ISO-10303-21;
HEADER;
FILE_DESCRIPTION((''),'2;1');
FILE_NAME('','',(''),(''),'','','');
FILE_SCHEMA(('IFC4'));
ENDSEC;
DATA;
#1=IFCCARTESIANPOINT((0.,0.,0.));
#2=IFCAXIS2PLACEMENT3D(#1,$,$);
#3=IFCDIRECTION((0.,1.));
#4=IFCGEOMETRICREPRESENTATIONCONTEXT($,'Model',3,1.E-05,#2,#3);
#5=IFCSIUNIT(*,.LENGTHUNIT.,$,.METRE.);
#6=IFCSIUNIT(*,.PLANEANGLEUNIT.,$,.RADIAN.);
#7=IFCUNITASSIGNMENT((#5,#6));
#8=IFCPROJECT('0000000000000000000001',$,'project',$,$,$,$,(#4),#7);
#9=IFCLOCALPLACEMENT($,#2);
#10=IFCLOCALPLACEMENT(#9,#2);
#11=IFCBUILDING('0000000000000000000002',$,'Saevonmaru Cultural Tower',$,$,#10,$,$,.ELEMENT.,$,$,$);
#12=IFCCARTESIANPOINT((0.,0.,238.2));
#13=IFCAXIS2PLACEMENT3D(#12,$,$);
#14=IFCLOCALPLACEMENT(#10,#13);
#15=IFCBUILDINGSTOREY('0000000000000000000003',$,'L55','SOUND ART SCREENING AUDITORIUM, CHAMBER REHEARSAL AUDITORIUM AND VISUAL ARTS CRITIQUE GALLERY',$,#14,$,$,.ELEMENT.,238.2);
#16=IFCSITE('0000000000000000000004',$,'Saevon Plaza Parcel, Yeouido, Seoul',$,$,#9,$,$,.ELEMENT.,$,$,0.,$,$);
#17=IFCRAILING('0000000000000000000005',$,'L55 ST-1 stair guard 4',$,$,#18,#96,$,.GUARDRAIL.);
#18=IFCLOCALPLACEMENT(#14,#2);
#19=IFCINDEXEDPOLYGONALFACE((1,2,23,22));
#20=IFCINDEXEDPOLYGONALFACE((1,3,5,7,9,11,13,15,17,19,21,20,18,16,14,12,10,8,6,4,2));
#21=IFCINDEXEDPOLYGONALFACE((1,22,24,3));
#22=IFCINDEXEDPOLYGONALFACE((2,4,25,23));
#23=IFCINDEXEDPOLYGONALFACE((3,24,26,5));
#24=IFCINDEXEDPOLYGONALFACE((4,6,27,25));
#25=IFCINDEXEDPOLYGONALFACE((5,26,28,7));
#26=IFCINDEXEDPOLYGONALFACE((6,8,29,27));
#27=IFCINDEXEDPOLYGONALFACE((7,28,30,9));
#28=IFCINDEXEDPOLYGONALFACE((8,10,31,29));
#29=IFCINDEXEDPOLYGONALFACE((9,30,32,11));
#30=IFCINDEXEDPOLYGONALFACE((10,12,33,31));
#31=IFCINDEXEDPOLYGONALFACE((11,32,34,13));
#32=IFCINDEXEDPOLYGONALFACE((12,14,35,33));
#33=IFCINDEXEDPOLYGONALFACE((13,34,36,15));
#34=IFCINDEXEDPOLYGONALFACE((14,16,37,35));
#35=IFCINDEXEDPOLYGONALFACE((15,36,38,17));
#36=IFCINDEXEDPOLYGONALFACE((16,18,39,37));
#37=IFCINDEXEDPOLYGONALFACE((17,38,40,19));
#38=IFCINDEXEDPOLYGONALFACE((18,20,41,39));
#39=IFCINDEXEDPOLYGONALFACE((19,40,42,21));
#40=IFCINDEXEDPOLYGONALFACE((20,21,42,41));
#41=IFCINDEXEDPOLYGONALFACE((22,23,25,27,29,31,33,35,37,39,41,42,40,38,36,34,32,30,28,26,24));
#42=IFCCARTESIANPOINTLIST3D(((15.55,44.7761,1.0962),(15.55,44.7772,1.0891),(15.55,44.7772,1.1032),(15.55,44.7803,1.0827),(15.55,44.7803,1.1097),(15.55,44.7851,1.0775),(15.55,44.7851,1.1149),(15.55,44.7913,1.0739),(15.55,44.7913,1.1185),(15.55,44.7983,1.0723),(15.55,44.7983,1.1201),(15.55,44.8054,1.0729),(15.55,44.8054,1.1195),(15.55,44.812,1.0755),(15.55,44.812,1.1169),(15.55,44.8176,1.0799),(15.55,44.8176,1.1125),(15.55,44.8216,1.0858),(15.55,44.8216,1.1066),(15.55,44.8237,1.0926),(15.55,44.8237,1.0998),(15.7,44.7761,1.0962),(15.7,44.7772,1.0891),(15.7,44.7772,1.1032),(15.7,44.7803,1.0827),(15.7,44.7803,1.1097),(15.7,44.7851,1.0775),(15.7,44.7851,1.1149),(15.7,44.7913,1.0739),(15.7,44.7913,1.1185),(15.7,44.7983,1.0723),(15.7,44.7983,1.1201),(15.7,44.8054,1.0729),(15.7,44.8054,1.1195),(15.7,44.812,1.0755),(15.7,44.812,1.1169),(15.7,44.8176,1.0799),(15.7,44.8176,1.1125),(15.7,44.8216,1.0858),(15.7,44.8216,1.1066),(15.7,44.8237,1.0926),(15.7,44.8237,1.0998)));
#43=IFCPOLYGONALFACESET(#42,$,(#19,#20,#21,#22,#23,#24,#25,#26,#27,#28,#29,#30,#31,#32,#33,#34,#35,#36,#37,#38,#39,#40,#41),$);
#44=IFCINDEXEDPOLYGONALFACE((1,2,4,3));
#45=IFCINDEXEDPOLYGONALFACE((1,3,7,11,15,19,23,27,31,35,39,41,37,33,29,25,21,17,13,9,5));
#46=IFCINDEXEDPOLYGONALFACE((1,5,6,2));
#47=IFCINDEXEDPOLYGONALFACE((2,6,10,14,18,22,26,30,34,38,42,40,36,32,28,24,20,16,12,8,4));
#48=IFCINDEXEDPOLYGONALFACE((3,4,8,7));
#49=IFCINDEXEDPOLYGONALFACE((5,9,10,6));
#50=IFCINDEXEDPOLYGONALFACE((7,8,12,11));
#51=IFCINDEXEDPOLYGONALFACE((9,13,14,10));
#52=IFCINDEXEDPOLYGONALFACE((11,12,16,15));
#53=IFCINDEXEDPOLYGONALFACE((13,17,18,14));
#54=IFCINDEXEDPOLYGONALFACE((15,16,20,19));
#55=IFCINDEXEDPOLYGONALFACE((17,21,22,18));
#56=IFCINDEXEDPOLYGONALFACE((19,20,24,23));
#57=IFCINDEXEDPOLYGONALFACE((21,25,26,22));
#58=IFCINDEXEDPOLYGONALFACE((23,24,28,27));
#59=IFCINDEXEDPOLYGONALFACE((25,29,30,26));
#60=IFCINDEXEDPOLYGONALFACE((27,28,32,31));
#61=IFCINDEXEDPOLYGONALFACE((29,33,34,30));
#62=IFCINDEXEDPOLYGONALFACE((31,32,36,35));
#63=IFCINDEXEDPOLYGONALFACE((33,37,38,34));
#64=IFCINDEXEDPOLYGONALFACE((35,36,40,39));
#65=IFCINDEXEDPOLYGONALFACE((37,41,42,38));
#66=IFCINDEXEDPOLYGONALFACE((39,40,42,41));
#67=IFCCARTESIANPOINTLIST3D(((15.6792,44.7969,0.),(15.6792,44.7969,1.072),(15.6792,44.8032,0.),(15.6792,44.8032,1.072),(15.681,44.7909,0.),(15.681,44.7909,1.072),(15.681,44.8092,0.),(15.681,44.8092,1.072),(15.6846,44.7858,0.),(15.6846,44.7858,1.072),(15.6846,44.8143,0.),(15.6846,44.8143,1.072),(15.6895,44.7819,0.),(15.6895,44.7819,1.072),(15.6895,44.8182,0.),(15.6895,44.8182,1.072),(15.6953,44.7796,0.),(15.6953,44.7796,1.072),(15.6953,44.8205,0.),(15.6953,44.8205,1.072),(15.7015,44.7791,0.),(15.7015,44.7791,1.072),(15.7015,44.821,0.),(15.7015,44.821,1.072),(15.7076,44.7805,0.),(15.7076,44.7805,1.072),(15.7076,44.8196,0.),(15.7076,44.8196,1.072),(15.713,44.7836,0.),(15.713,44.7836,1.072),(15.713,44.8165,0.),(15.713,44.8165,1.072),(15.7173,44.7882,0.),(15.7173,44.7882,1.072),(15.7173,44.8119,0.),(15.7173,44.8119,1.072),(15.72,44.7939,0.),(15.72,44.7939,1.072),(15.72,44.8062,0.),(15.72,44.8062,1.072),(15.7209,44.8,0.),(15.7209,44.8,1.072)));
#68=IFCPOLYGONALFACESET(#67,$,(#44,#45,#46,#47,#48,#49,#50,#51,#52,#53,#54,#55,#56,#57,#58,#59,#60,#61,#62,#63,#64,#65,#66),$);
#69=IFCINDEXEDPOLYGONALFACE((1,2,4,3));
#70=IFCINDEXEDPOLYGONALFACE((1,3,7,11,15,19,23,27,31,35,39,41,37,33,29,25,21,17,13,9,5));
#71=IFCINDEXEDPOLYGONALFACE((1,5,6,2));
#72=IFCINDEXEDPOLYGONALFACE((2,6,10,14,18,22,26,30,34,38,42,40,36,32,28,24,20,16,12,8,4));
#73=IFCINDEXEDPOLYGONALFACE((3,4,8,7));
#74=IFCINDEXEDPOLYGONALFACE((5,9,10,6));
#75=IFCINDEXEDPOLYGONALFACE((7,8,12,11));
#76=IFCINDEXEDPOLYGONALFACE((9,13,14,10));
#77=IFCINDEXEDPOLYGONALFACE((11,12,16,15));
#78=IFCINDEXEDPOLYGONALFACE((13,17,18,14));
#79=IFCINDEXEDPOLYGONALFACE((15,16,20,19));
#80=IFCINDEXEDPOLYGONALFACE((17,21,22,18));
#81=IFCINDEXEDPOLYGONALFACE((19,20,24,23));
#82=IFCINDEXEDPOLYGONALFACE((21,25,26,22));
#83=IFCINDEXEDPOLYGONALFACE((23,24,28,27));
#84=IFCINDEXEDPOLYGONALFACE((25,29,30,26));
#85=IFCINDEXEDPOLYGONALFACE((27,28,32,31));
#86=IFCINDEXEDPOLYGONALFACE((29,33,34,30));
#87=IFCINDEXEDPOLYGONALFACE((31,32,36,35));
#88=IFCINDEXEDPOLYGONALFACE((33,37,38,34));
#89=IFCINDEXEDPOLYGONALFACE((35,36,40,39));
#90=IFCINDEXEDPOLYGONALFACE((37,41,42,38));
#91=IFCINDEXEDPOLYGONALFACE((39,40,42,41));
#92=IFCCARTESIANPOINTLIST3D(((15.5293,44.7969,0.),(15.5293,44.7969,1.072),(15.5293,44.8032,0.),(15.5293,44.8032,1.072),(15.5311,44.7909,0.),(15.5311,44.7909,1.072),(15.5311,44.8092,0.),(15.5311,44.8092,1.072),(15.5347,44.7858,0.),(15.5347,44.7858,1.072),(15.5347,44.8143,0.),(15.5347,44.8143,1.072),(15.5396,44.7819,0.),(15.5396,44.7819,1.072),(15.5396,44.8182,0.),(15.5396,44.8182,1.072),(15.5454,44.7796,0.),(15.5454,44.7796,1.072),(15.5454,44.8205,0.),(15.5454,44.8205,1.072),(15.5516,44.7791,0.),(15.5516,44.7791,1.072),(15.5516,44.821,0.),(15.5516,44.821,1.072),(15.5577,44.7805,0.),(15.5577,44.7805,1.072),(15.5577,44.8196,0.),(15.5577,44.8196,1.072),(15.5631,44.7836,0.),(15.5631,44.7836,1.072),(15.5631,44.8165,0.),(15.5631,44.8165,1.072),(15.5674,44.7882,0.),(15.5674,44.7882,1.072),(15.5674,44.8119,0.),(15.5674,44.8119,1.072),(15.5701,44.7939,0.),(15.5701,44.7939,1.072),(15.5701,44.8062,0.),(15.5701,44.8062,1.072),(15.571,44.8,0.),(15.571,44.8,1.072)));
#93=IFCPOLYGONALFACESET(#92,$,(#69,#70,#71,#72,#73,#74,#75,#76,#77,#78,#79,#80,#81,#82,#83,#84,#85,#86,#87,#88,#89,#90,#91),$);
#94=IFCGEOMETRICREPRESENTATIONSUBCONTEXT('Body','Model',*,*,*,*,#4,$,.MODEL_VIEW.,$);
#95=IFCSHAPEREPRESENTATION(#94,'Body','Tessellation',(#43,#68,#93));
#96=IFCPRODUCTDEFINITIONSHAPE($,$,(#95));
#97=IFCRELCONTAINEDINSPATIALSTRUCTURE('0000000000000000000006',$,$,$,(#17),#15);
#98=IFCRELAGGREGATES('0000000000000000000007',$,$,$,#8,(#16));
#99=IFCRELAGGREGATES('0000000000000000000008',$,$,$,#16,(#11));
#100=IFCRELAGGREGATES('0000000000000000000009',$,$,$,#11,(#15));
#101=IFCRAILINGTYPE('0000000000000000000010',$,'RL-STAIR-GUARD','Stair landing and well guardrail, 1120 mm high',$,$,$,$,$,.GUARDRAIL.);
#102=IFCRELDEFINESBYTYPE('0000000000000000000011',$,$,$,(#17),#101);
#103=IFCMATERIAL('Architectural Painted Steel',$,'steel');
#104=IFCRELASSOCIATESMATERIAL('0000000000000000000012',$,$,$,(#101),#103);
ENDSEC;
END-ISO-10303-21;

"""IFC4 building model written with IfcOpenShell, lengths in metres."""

from ifc_helpers import new_model, si_unit, direction, frame, origin, origin_2d, place, context, subcontext, project, spatial, circle, extrude, material, type_object, element, save


model = new_model("IFC4")

# Units and contexts
model_context = context("Model", 3, precision=1e-05, world=origin(), true_north=direction((0.0, 1.0)))
body_context = subcontext(model_context, "Body", "Model", "MODEL_VIEW")
ifc_project = project(units=[si_unit("LENGTHUNIT", "METRE"), si_unit("PLANEANGLEUNIT", "RADIAN")], contexts=[model_context])

# Site, building, storey
site_placement = place(None, origin())
site = spatial("IfcSite", under=ifc_project, at=site_placement, Name="Saevon Plaza Parcel, Yeouido, Seoul", CompositionType="ELEMENT", RefElevation=0.0)
building_placement = place(site_placement, origin())
building = spatial("IfcBuilding", under=site, at=building_placement, Name="Saevonmaru Cultural Tower", CompositionType="ELEMENT")
storey_placement = place(building_placement, frame((0.0, 0.0, 238.2)))
storey = spatial("IfcBuildingStorey", under=building, at=storey_placement, Name="L55", Description="SOUND ART SCREENING AUDITORIUM, CHAMBER REHEARSAL AUDITORIUM AND VISUAL ARTS CRITIQUE GALLERY", CompositionType="ELEMENT", Elevation=238.2)

# Railing
ifc_material_1 = material(Name="Architectural Painted Steel", Category="steel")
railing_type_1 = type_object("IfcRailingType", Name="RL-STAIR-GUARD", Description="Stair landing and well guardrail, 1120 mm high", PredefinedType="GUARDRAIL", material=ifc_material_1)
railing_1_placement = place(storey_placement, frame((15.7, 44.8, 0.0)))
element("IfcRailing", 1, at=railing_1_placement, inside=storey, type_object=railing_type_1, Name="L55 ST-1 stair guard 4", PredefinedType="GUARDRAIL", context=body_context, shape_type="SweptSolid", body=[
    extrude(circle(Radius=0.0239, at=origin_2d()), frame((0.0, 0.0, 1.0962), z_axis=(-1.0, 0.0, 0.0), x_axis=(0.0, -1.0, 0.0)), (0.0, 0.0, 1.0), 0.1499),
    extrude(circle(Radius=0.021, at=origin_2d()), origin(), (0.0, 0.0, 1.0), 1.072),
    extrude(circle(Radius=0.021, at=origin_2d()), frame((-0.1499, 0.0, 0.0)), (0.0, 0.0, 1.0), 1.072),
])

save(model, "model.ifc")
